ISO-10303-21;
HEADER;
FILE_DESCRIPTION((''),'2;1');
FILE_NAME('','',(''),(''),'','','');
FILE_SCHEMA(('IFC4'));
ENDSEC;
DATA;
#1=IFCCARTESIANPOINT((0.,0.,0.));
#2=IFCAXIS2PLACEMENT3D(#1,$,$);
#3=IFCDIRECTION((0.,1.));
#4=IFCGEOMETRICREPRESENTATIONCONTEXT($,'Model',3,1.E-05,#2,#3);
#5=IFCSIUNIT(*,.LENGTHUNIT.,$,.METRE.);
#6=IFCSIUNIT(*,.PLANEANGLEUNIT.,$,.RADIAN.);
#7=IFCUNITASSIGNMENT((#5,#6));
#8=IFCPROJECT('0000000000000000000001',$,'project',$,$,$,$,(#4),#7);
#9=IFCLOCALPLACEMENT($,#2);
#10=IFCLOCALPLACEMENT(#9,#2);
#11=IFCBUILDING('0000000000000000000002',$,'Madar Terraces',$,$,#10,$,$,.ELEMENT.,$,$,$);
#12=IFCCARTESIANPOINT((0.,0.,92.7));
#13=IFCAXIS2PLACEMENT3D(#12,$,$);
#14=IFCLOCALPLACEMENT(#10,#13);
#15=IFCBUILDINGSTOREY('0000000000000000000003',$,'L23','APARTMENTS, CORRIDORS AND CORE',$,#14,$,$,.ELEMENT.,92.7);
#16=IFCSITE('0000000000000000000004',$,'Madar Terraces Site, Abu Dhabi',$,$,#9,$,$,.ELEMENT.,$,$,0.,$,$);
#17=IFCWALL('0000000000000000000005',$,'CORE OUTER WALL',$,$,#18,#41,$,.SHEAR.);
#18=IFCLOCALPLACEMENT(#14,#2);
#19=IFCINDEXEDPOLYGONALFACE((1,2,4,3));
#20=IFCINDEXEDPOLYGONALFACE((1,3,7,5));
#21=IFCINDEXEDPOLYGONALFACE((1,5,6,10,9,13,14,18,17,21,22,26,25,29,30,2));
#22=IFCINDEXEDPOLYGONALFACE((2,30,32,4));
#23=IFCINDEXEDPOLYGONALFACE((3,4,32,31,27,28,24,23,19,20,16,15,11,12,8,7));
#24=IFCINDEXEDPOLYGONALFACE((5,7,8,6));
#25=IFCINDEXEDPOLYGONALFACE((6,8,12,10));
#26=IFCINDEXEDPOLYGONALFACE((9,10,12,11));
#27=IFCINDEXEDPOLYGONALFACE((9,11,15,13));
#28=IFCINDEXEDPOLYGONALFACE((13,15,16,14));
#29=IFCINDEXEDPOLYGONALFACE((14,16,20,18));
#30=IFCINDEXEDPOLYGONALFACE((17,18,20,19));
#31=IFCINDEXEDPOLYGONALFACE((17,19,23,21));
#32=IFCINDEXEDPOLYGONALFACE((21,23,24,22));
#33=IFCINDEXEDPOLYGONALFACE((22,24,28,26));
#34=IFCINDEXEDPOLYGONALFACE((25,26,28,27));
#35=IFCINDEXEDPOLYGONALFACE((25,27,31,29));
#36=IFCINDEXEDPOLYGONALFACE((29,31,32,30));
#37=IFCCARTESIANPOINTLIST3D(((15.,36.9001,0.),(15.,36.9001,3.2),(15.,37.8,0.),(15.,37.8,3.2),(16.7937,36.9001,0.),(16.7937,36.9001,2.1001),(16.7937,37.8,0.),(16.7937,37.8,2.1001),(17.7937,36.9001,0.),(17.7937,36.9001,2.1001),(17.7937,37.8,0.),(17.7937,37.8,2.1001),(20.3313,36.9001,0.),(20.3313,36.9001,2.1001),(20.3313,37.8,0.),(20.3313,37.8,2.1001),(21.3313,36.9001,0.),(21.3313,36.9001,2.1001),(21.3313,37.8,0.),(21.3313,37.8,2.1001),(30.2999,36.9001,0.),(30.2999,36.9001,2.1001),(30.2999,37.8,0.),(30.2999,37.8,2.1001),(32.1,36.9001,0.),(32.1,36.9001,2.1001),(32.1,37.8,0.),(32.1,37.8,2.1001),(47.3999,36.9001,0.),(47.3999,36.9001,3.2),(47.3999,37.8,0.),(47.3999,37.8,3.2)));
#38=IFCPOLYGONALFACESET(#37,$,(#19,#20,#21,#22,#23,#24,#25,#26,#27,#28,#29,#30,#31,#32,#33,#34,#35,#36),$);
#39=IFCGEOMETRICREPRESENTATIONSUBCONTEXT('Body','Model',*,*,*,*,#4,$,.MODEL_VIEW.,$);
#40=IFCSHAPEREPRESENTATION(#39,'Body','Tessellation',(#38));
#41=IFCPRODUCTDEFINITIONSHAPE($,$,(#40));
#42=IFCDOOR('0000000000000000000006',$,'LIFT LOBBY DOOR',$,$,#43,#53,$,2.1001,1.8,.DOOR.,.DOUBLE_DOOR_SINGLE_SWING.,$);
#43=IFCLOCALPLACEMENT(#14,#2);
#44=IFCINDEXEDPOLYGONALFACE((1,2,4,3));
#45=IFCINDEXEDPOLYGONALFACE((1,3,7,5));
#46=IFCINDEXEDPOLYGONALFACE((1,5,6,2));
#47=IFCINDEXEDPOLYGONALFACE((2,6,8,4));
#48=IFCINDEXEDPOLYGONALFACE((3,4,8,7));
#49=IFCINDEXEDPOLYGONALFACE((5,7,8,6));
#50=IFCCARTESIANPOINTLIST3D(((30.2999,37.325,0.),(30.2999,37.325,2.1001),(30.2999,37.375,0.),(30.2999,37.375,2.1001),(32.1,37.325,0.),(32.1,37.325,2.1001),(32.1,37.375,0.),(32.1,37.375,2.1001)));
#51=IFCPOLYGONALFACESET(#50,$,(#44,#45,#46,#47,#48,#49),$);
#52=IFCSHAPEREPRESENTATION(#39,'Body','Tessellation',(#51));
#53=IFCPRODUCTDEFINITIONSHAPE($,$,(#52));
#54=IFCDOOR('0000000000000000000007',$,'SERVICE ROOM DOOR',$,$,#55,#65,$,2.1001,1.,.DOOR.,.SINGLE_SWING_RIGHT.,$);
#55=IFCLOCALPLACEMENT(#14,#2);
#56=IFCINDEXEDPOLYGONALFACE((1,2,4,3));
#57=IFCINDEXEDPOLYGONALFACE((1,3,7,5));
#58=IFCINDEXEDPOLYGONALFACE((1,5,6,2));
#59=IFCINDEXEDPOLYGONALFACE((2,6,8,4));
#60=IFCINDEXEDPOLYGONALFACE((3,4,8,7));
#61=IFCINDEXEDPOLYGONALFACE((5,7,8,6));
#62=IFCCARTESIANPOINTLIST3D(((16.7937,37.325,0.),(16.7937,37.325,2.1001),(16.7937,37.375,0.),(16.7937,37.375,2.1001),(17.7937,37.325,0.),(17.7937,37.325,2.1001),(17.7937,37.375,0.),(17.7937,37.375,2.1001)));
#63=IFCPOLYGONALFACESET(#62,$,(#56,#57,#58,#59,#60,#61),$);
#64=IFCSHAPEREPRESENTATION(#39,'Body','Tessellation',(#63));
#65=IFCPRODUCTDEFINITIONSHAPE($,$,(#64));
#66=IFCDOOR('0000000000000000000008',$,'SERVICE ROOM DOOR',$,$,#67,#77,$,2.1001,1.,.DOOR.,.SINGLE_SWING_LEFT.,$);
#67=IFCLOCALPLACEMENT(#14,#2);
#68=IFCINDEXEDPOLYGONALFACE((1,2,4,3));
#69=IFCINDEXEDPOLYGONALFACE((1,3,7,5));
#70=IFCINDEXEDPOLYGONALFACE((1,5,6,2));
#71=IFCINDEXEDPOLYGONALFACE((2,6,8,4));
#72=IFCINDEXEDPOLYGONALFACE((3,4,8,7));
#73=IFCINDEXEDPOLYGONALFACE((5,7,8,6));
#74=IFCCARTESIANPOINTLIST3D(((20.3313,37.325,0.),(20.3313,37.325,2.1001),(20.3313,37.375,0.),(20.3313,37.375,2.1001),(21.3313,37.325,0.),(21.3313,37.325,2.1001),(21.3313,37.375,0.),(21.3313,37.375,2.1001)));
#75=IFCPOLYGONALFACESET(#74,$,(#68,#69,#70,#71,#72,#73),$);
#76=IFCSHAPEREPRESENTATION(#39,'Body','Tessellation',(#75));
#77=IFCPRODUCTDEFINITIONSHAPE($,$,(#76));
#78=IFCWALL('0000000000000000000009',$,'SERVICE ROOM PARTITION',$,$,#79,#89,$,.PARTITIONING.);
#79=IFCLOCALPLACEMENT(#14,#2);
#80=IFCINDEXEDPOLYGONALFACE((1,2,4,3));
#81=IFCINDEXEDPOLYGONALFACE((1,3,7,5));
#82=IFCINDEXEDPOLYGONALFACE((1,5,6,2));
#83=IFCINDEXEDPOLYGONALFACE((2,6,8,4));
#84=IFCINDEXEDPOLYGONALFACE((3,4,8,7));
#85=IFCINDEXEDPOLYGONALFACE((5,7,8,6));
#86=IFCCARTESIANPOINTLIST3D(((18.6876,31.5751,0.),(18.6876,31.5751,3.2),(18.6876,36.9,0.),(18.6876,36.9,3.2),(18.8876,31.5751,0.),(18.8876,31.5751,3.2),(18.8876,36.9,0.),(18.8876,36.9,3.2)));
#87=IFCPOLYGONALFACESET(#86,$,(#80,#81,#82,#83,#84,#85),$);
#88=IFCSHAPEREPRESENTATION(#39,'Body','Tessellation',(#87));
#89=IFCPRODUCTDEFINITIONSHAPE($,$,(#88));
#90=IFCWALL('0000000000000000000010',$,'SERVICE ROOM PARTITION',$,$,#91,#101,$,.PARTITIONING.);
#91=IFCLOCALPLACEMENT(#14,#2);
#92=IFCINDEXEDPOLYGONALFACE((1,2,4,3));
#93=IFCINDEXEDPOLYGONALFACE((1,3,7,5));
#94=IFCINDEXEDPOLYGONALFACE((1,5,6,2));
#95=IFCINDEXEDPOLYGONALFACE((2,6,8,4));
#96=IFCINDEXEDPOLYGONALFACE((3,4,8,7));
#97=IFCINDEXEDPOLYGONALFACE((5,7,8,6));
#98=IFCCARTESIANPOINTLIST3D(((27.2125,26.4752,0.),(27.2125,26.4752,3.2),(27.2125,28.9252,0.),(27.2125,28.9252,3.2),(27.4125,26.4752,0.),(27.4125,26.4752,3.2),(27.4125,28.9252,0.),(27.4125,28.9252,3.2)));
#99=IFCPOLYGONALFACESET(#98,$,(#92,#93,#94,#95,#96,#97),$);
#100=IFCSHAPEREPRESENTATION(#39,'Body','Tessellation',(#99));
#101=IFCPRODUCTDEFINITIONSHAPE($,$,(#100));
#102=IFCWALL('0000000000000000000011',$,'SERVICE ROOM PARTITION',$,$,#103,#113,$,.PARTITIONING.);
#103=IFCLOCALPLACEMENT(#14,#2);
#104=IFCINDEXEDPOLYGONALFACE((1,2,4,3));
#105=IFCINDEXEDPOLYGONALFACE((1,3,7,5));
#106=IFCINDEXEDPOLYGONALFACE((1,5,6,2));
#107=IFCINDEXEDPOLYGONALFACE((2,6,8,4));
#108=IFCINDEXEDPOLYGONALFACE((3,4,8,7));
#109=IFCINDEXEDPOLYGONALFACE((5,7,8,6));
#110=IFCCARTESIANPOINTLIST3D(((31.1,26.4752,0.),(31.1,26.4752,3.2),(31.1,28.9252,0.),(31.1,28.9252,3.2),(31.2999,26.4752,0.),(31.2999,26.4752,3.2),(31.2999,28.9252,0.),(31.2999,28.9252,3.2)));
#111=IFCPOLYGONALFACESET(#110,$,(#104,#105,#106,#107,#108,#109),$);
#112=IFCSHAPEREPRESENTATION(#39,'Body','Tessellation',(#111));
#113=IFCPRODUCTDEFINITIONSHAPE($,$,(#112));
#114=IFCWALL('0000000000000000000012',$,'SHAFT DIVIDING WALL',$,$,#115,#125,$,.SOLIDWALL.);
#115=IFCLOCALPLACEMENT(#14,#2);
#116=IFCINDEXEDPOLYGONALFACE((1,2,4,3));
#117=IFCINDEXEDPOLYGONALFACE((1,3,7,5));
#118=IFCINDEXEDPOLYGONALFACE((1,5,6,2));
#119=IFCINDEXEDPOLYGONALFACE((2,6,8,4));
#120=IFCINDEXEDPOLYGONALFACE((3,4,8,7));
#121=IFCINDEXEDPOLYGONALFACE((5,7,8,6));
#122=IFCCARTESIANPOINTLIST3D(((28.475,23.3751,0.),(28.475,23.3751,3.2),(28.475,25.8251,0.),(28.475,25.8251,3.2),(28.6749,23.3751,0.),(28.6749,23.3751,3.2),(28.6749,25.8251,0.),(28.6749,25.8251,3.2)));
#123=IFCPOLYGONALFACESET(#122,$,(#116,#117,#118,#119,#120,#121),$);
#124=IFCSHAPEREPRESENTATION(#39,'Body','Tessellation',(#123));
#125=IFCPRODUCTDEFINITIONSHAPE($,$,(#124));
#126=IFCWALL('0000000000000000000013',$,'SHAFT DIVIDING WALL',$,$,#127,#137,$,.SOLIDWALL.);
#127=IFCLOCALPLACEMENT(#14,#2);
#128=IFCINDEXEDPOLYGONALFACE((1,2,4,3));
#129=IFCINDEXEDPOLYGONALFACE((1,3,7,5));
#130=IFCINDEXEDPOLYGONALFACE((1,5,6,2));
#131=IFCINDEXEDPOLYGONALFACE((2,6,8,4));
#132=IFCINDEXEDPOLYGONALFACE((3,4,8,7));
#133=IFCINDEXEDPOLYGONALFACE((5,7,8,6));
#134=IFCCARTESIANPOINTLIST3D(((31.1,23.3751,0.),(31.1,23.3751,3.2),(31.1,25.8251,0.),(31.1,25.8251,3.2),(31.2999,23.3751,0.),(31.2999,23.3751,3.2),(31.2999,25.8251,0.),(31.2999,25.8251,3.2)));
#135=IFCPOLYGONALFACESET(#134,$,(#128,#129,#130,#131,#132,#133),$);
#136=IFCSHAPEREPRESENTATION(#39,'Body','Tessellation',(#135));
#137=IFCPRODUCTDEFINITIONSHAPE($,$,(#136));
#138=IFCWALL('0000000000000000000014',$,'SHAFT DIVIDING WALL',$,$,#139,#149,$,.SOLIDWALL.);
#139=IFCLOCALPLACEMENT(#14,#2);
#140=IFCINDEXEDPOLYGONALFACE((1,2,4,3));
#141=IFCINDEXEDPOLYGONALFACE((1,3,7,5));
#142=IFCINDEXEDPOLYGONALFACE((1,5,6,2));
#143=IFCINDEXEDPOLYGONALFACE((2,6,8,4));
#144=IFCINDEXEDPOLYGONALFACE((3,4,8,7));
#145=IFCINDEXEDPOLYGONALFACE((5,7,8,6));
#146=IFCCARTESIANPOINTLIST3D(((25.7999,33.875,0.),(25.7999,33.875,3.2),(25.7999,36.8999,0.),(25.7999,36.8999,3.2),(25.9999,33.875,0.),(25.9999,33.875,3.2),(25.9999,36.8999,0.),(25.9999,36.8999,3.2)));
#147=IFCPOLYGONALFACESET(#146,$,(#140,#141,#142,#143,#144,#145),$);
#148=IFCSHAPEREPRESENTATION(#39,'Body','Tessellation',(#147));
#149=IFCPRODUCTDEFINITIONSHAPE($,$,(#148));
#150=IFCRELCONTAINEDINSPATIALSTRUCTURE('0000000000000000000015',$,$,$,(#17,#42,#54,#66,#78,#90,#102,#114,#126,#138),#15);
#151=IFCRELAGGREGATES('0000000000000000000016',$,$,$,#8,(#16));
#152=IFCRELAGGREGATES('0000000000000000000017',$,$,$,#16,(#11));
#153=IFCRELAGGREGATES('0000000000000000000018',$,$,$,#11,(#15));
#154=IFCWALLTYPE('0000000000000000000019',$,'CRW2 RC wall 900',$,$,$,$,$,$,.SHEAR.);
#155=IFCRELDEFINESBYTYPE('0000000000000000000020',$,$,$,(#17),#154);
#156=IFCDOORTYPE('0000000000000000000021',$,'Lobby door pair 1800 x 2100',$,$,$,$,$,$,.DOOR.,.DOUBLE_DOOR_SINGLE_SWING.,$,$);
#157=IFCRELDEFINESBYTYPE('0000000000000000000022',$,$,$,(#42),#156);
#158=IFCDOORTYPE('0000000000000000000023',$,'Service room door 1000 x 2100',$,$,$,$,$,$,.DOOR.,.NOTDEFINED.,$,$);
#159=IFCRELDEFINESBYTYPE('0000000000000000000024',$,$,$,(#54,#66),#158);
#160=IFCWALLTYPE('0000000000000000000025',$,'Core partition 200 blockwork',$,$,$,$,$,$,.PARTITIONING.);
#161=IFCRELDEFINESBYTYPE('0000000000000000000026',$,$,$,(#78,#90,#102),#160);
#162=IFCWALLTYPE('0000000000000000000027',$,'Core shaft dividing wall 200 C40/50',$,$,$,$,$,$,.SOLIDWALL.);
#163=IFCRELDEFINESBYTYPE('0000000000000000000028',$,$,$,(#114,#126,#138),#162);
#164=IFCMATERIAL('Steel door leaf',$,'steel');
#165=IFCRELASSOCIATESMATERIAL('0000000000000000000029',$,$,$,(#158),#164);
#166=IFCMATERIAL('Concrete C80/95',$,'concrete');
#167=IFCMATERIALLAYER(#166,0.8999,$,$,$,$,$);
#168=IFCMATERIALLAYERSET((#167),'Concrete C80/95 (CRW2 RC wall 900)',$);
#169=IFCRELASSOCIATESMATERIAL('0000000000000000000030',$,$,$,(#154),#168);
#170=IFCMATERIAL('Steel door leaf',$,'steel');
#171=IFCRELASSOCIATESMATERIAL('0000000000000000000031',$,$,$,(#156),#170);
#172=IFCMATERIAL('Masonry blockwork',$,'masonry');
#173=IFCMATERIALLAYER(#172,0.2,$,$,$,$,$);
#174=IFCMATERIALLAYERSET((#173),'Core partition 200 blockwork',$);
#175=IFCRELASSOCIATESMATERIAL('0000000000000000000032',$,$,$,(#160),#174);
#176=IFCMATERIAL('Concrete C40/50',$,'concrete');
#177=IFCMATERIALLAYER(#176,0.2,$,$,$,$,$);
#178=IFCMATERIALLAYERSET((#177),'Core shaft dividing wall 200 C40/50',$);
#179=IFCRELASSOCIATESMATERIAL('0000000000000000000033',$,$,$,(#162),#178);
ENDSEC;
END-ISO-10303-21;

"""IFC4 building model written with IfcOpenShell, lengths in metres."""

from ifc_helpers import new_model, si_unit, direction, frame, frame_2d, origin, place, context, subcontext, project, spatial, rectangle, extrude, material, layer, layer_set, type_object, element, fill, save


model = new_model("IFC4")

# Units and contexts
model_context = context("Model", 3, precision=1e-05, world=origin(), true_north=direction((0.0, 1.0)))
body_context = subcontext(model_context, "Body", "Model", "MODEL_VIEW")
ifc_project = project(units=[si_unit("LENGTHUNIT", "METRE"), si_unit("PLANEANGLEUNIT", "RADIAN")], contexts=[model_context])

# Site, building, storey
site_placement = place(None, origin())
site = spatial("IfcSite", under=ifc_project, at=site_placement, Name="Madar Terraces Site, Abu Dhabi", CompositionType="ELEMENT", RefElevation=0.0)
building_placement = place(site_placement, origin())
building = spatial("IfcBuilding", under=site, at=building_placement, Name="Madar Terraces", CompositionType="ELEMENT")
storey_placement = place(building_placement, frame((0.0, 0.0, 92.7)))
storey = spatial("IfcBuildingStorey", under=building, at=storey_placement, Name="L23", Description="APARTMENTS, CORRIDORS AND CORE", CompositionType="ELEMENT", Elevation=92.7)

# Shared definitions
ifc_material_1 = material(Name="Steel door leaf", Category="steel")
door_type_1 = type_object("IfcDoorType", Name="Service room door 1000 x 2100", OperationType="NOTDEFINED", PredefinedType="DOOR", material=ifc_material_1)

# Wall, openings, doors
ifc_material_2 = material(Name="Concrete C80/95", Category="concrete")
ifc_layer_1 = layer(ifc_material_2, 0.8999)
ifc_layer_set_1 = layer_set([ifc_layer_1], Name="Concrete C80/95 (CRW2 RC wall 900)")
wall_type_1 = type_object("IfcWallType", Name="CRW2 RC wall 900", PredefinedType="SHEAR", material=ifc_layer_set_1)
wall_1_placement = place(storey_placement, frame((15.0, 37.3501, 0.0), z_axis=(0.0, 0.0, 1.0), x_axis=(1.0, 0.0, 0.0)))
wall_1 = element("IfcWall", 1, at=wall_1_placement, inside=storey, type_object=wall_type_1, Name="CORE OUTER WALL", PredefinedType="SHEAR", context=body_context, shape_type="SweptSolid", body=[
    extrude(rectangle(XDim=32.3999, YDim=0.8999, at=frame_2d((16.2, 0.0))), origin(), (0.0, 0.0, 1.0), 3.2),
])
opening_1_placement = place(wall_1_placement, frame((15.3, 0.0, 0.0)))
opening_1 = element("IfcOpeningElement", 2, at=opening_1_placement, cuts=wall_1, PredefinedType="OPENING", context=body_context, shape_type="SweptSolid", body=[
    extrude(rectangle(XDim=1.8, YDim=2.1001, at=frame_2d((0.8999, 1.05))), frame((0.0, 0.46, 0.0), z_axis=(0.0, -1.0, 0.0), x_axis=(1.0, 0.0, 0.0)), (0.0, 0.0, 1.0), 0.9199),
])
opening_2_placement = place(wall_1_placement, frame((1.7937, 0.0, 0.0)))
opening_2 = element("IfcOpeningElement", 3, at=opening_2_placement, cuts=wall_1, PredefinedType="OPENING", context=body_context, shape_type="SweptSolid", body=[
    extrude(rectangle(XDim=1.0, YDim=2.1001, at=frame_2d((0.5, 1.05))), frame((0.0, 0.46, 0.0), z_axis=(0.0, -1.0, 0.0), x_axis=(1.0, 0.0, 0.0)), (0.0, 0.0, 1.0), 0.9199),
])
opening_3_placement = place(wall_1_placement, frame((5.3313, 0.0, 0.0)))
opening_3 = element("IfcOpeningElement", 4, at=opening_3_placement, cuts=wall_1, PredefinedType="OPENING", context=body_context, shape_type="SweptSolid", body=[
    extrude(rectangle(XDim=1.0, YDim=2.1001, at=frame_2d((0.5, 1.05))), frame((0.0, 0.46, 0.0), z_axis=(0.0, -1.0, 0.0), x_axis=(1.0, 0.0, 0.0)), (0.0, 0.0, 1.0), 0.9199),
])
ifc_material_3 = material(Name="Steel door leaf", Category="steel")
door_type_2 = type_object("IfcDoorType", Name="Lobby door pair 1800 x 2100", OperationType="DOUBLE_DOOR_SINGLE_SWING", PredefinedType="DOOR", material=ifc_material_3)
door_1_placement = place(opening_1_placement, origin())
door_1 = element("IfcDoor", 5, at=door_1_placement, inside=storey, type_object=door_type_2, Name="LIFT LOBBY DOOR", OperationType="DOUBLE_DOOR_SINGLE_SWING", OverallHeight=2.1001, OverallWidth=1.8, PredefinedType="DOOR", context=body_context, shape_type="SweptSolid", body=[
    extrude(rectangle(XDim=1.8, YDim=2.1001, at=frame_2d((0.8999, 1.05))), frame((0.0, 0.0249, 0.0), z_axis=(0.0, -1.0, 0.0), x_axis=(1.0, 0.0, 0.0)), (0.0, 0.0, 1.0), 0.05),
])
fill(opening_1, door_1)
door_2_placement = place(opening_2_placement, origin())
door_2 = element("IfcDoor", 6, at=door_2_placement, inside=storey, type_object=door_type_1, Name="SERVICE ROOM DOOR", OperationType="SINGLE_SWING_RIGHT", OverallHeight=2.1001, OverallWidth=1.0, PredefinedType="DOOR", context=body_context, shape_type="SweptSolid", body=[
    extrude(rectangle(XDim=1.0, YDim=2.1001, at=frame_2d((0.5, 1.05))), frame((0.0, 0.0249, 0.0), z_axis=(0.0, -1.0, 0.0), x_axis=(1.0, 0.0, 0.0)), (0.0, 0.0, 1.0), 0.05),
])
fill(opening_2, door_2)
door_3_placement = place(opening_3_placement, origin())
door_3 = element("IfcDoor", 7, at=door_3_placement, inside=storey, type_object=door_type_1, Name="SERVICE ROOM DOOR", OperationType="SINGLE_SWING_LEFT", OverallHeight=2.1001, OverallWidth=1.0, PredefinedType="DOOR", context=body_context, shape_type="SweptSolid", body=[
    extrude(rectangle(XDim=1.0, YDim=2.1001, at=frame_2d((0.5, 1.05))), frame((0.0, 0.0249, 0.0), z_axis=(0.0, -1.0, 0.0), x_axis=(1.0, 0.0, 0.0)), (0.0, 0.0, 1.0), 0.05),
])
fill(opening_3, door_3)

# Walls
ifc_material_4 = material(Name="Masonry blockwork", Category="masonry")
ifc_layer_2 = layer(ifc_material_4, 0.2)
ifc_layer_set_2 = layer_set([ifc_layer_2], Name="Core partition 200 blockwork")
wall_type_2 = type_object("IfcWallType", Name="Core partition 200 blockwork", PredefinedType="PARTITIONING", material=ifc_layer_set_2)
wall_2_placement = place(storey_placement, frame((18.7876, 31.575, 0.0), z_axis=(0.0, 0.0, 1.0), x_axis=(0.0, 1.0, 0.0)))
element("IfcWall", 8, at=wall_2_placement, inside=storey, type_object=wall_type_2, Name="SERVICE ROOM PARTITION", PredefinedType="PARTITIONING", context=body_context, shape_type="SweptSolid", body=[
    extrude(rectangle(XDim=5.325, YDim=0.2, at=frame_2d((2.6626, 0.0))), origin(), (0.0, 0.0, 1.0), 3.2),
])
for number, where, z_axis, x_axis, name in (
    (9, (27.3125, 26.4751, 0.0), (0.0, 0.0, 1.0), (0.0, 1.0, 0.0), "SERVICE ROOM PARTITION"),
    (10, (31.2, 26.4751, 0.0), (0.0, 0.0, 1.0), (0.0, 1.0, 0.0), "SERVICE ROOM PARTITION"),
):
    element("IfcWall", number, at=place(storey_placement, frame(where, z_axis=z_axis, x_axis=x_axis)), inside=storey, type_object=wall_type_2, Name=name, PredefinedType="PARTITIONING", context=body_context, shape_type="SweptSolid", body=[
        extrude(rectangle(XDim=2.45, YDim=0.2, at=frame_2d((1.2251, 0.0))), origin(), (0.0, 0.0, 1.0), 3.2),
    ])
ifc_material_5 = material(Name="Concrete C40/50", Category="concrete")
ifc_layer_3 = layer(ifc_material_5, 0.2)
ifc_layer_set_3 = layer_set([ifc_layer_3], Name="Core shaft dividing wall 200 C40/50")
wall_type_3 = type_object("IfcWallType", Name="Core shaft dividing wall 200 C40/50", PredefinedType="SOLIDWALL", material=ifc_layer_set_3)
for number, where, z_axis, x_axis, name in (
    (11, (28.575, 23.375, 0.0), (0.0, 0.0, 1.0), (0.0, 1.0, 0.0), "SHAFT DIVIDING WALL"),
    (12, (31.2, 23.375, 0.0), (0.0, 0.0, 1.0), (0.0, 1.0, 0.0), "SHAFT DIVIDING WALL"),
):
    element("IfcWall", number, at=place(storey_placement, frame(where, z_axis=z_axis, x_axis=x_axis)), inside=storey, type_object=wall_type_3, Name=name, PredefinedType="SOLIDWALL", context=body_context, shape_type="SweptSolid", body=[
        extrude(rectangle(XDim=2.45, YDim=0.2, at=frame_2d((1.2251, 0.0))), origin(), (0.0, 0.0, 1.0), 3.2),
    ])
wall_3_placement = place(storey_placement, frame((25.8999, 33.875, 0.0), z_axis=(0.0, 0.0, 1.0), x_axis=(0.0, 1.0, 0.0)))
element("IfcWall", 13, at=wall_3_placement, inside=storey, type_object=wall_type_3, Name="SHAFT DIVIDING WALL", PredefinedType="SOLIDWALL", context=body_context, shape_type="SweptSolid", body=[
    extrude(rectangle(XDim=3.0249, YDim=0.2, at=frame_2d((1.5125, 0.0))), origin(), (0.0, 0.0, 1.0), 3.2),
])

save(model, "model.ifc")
